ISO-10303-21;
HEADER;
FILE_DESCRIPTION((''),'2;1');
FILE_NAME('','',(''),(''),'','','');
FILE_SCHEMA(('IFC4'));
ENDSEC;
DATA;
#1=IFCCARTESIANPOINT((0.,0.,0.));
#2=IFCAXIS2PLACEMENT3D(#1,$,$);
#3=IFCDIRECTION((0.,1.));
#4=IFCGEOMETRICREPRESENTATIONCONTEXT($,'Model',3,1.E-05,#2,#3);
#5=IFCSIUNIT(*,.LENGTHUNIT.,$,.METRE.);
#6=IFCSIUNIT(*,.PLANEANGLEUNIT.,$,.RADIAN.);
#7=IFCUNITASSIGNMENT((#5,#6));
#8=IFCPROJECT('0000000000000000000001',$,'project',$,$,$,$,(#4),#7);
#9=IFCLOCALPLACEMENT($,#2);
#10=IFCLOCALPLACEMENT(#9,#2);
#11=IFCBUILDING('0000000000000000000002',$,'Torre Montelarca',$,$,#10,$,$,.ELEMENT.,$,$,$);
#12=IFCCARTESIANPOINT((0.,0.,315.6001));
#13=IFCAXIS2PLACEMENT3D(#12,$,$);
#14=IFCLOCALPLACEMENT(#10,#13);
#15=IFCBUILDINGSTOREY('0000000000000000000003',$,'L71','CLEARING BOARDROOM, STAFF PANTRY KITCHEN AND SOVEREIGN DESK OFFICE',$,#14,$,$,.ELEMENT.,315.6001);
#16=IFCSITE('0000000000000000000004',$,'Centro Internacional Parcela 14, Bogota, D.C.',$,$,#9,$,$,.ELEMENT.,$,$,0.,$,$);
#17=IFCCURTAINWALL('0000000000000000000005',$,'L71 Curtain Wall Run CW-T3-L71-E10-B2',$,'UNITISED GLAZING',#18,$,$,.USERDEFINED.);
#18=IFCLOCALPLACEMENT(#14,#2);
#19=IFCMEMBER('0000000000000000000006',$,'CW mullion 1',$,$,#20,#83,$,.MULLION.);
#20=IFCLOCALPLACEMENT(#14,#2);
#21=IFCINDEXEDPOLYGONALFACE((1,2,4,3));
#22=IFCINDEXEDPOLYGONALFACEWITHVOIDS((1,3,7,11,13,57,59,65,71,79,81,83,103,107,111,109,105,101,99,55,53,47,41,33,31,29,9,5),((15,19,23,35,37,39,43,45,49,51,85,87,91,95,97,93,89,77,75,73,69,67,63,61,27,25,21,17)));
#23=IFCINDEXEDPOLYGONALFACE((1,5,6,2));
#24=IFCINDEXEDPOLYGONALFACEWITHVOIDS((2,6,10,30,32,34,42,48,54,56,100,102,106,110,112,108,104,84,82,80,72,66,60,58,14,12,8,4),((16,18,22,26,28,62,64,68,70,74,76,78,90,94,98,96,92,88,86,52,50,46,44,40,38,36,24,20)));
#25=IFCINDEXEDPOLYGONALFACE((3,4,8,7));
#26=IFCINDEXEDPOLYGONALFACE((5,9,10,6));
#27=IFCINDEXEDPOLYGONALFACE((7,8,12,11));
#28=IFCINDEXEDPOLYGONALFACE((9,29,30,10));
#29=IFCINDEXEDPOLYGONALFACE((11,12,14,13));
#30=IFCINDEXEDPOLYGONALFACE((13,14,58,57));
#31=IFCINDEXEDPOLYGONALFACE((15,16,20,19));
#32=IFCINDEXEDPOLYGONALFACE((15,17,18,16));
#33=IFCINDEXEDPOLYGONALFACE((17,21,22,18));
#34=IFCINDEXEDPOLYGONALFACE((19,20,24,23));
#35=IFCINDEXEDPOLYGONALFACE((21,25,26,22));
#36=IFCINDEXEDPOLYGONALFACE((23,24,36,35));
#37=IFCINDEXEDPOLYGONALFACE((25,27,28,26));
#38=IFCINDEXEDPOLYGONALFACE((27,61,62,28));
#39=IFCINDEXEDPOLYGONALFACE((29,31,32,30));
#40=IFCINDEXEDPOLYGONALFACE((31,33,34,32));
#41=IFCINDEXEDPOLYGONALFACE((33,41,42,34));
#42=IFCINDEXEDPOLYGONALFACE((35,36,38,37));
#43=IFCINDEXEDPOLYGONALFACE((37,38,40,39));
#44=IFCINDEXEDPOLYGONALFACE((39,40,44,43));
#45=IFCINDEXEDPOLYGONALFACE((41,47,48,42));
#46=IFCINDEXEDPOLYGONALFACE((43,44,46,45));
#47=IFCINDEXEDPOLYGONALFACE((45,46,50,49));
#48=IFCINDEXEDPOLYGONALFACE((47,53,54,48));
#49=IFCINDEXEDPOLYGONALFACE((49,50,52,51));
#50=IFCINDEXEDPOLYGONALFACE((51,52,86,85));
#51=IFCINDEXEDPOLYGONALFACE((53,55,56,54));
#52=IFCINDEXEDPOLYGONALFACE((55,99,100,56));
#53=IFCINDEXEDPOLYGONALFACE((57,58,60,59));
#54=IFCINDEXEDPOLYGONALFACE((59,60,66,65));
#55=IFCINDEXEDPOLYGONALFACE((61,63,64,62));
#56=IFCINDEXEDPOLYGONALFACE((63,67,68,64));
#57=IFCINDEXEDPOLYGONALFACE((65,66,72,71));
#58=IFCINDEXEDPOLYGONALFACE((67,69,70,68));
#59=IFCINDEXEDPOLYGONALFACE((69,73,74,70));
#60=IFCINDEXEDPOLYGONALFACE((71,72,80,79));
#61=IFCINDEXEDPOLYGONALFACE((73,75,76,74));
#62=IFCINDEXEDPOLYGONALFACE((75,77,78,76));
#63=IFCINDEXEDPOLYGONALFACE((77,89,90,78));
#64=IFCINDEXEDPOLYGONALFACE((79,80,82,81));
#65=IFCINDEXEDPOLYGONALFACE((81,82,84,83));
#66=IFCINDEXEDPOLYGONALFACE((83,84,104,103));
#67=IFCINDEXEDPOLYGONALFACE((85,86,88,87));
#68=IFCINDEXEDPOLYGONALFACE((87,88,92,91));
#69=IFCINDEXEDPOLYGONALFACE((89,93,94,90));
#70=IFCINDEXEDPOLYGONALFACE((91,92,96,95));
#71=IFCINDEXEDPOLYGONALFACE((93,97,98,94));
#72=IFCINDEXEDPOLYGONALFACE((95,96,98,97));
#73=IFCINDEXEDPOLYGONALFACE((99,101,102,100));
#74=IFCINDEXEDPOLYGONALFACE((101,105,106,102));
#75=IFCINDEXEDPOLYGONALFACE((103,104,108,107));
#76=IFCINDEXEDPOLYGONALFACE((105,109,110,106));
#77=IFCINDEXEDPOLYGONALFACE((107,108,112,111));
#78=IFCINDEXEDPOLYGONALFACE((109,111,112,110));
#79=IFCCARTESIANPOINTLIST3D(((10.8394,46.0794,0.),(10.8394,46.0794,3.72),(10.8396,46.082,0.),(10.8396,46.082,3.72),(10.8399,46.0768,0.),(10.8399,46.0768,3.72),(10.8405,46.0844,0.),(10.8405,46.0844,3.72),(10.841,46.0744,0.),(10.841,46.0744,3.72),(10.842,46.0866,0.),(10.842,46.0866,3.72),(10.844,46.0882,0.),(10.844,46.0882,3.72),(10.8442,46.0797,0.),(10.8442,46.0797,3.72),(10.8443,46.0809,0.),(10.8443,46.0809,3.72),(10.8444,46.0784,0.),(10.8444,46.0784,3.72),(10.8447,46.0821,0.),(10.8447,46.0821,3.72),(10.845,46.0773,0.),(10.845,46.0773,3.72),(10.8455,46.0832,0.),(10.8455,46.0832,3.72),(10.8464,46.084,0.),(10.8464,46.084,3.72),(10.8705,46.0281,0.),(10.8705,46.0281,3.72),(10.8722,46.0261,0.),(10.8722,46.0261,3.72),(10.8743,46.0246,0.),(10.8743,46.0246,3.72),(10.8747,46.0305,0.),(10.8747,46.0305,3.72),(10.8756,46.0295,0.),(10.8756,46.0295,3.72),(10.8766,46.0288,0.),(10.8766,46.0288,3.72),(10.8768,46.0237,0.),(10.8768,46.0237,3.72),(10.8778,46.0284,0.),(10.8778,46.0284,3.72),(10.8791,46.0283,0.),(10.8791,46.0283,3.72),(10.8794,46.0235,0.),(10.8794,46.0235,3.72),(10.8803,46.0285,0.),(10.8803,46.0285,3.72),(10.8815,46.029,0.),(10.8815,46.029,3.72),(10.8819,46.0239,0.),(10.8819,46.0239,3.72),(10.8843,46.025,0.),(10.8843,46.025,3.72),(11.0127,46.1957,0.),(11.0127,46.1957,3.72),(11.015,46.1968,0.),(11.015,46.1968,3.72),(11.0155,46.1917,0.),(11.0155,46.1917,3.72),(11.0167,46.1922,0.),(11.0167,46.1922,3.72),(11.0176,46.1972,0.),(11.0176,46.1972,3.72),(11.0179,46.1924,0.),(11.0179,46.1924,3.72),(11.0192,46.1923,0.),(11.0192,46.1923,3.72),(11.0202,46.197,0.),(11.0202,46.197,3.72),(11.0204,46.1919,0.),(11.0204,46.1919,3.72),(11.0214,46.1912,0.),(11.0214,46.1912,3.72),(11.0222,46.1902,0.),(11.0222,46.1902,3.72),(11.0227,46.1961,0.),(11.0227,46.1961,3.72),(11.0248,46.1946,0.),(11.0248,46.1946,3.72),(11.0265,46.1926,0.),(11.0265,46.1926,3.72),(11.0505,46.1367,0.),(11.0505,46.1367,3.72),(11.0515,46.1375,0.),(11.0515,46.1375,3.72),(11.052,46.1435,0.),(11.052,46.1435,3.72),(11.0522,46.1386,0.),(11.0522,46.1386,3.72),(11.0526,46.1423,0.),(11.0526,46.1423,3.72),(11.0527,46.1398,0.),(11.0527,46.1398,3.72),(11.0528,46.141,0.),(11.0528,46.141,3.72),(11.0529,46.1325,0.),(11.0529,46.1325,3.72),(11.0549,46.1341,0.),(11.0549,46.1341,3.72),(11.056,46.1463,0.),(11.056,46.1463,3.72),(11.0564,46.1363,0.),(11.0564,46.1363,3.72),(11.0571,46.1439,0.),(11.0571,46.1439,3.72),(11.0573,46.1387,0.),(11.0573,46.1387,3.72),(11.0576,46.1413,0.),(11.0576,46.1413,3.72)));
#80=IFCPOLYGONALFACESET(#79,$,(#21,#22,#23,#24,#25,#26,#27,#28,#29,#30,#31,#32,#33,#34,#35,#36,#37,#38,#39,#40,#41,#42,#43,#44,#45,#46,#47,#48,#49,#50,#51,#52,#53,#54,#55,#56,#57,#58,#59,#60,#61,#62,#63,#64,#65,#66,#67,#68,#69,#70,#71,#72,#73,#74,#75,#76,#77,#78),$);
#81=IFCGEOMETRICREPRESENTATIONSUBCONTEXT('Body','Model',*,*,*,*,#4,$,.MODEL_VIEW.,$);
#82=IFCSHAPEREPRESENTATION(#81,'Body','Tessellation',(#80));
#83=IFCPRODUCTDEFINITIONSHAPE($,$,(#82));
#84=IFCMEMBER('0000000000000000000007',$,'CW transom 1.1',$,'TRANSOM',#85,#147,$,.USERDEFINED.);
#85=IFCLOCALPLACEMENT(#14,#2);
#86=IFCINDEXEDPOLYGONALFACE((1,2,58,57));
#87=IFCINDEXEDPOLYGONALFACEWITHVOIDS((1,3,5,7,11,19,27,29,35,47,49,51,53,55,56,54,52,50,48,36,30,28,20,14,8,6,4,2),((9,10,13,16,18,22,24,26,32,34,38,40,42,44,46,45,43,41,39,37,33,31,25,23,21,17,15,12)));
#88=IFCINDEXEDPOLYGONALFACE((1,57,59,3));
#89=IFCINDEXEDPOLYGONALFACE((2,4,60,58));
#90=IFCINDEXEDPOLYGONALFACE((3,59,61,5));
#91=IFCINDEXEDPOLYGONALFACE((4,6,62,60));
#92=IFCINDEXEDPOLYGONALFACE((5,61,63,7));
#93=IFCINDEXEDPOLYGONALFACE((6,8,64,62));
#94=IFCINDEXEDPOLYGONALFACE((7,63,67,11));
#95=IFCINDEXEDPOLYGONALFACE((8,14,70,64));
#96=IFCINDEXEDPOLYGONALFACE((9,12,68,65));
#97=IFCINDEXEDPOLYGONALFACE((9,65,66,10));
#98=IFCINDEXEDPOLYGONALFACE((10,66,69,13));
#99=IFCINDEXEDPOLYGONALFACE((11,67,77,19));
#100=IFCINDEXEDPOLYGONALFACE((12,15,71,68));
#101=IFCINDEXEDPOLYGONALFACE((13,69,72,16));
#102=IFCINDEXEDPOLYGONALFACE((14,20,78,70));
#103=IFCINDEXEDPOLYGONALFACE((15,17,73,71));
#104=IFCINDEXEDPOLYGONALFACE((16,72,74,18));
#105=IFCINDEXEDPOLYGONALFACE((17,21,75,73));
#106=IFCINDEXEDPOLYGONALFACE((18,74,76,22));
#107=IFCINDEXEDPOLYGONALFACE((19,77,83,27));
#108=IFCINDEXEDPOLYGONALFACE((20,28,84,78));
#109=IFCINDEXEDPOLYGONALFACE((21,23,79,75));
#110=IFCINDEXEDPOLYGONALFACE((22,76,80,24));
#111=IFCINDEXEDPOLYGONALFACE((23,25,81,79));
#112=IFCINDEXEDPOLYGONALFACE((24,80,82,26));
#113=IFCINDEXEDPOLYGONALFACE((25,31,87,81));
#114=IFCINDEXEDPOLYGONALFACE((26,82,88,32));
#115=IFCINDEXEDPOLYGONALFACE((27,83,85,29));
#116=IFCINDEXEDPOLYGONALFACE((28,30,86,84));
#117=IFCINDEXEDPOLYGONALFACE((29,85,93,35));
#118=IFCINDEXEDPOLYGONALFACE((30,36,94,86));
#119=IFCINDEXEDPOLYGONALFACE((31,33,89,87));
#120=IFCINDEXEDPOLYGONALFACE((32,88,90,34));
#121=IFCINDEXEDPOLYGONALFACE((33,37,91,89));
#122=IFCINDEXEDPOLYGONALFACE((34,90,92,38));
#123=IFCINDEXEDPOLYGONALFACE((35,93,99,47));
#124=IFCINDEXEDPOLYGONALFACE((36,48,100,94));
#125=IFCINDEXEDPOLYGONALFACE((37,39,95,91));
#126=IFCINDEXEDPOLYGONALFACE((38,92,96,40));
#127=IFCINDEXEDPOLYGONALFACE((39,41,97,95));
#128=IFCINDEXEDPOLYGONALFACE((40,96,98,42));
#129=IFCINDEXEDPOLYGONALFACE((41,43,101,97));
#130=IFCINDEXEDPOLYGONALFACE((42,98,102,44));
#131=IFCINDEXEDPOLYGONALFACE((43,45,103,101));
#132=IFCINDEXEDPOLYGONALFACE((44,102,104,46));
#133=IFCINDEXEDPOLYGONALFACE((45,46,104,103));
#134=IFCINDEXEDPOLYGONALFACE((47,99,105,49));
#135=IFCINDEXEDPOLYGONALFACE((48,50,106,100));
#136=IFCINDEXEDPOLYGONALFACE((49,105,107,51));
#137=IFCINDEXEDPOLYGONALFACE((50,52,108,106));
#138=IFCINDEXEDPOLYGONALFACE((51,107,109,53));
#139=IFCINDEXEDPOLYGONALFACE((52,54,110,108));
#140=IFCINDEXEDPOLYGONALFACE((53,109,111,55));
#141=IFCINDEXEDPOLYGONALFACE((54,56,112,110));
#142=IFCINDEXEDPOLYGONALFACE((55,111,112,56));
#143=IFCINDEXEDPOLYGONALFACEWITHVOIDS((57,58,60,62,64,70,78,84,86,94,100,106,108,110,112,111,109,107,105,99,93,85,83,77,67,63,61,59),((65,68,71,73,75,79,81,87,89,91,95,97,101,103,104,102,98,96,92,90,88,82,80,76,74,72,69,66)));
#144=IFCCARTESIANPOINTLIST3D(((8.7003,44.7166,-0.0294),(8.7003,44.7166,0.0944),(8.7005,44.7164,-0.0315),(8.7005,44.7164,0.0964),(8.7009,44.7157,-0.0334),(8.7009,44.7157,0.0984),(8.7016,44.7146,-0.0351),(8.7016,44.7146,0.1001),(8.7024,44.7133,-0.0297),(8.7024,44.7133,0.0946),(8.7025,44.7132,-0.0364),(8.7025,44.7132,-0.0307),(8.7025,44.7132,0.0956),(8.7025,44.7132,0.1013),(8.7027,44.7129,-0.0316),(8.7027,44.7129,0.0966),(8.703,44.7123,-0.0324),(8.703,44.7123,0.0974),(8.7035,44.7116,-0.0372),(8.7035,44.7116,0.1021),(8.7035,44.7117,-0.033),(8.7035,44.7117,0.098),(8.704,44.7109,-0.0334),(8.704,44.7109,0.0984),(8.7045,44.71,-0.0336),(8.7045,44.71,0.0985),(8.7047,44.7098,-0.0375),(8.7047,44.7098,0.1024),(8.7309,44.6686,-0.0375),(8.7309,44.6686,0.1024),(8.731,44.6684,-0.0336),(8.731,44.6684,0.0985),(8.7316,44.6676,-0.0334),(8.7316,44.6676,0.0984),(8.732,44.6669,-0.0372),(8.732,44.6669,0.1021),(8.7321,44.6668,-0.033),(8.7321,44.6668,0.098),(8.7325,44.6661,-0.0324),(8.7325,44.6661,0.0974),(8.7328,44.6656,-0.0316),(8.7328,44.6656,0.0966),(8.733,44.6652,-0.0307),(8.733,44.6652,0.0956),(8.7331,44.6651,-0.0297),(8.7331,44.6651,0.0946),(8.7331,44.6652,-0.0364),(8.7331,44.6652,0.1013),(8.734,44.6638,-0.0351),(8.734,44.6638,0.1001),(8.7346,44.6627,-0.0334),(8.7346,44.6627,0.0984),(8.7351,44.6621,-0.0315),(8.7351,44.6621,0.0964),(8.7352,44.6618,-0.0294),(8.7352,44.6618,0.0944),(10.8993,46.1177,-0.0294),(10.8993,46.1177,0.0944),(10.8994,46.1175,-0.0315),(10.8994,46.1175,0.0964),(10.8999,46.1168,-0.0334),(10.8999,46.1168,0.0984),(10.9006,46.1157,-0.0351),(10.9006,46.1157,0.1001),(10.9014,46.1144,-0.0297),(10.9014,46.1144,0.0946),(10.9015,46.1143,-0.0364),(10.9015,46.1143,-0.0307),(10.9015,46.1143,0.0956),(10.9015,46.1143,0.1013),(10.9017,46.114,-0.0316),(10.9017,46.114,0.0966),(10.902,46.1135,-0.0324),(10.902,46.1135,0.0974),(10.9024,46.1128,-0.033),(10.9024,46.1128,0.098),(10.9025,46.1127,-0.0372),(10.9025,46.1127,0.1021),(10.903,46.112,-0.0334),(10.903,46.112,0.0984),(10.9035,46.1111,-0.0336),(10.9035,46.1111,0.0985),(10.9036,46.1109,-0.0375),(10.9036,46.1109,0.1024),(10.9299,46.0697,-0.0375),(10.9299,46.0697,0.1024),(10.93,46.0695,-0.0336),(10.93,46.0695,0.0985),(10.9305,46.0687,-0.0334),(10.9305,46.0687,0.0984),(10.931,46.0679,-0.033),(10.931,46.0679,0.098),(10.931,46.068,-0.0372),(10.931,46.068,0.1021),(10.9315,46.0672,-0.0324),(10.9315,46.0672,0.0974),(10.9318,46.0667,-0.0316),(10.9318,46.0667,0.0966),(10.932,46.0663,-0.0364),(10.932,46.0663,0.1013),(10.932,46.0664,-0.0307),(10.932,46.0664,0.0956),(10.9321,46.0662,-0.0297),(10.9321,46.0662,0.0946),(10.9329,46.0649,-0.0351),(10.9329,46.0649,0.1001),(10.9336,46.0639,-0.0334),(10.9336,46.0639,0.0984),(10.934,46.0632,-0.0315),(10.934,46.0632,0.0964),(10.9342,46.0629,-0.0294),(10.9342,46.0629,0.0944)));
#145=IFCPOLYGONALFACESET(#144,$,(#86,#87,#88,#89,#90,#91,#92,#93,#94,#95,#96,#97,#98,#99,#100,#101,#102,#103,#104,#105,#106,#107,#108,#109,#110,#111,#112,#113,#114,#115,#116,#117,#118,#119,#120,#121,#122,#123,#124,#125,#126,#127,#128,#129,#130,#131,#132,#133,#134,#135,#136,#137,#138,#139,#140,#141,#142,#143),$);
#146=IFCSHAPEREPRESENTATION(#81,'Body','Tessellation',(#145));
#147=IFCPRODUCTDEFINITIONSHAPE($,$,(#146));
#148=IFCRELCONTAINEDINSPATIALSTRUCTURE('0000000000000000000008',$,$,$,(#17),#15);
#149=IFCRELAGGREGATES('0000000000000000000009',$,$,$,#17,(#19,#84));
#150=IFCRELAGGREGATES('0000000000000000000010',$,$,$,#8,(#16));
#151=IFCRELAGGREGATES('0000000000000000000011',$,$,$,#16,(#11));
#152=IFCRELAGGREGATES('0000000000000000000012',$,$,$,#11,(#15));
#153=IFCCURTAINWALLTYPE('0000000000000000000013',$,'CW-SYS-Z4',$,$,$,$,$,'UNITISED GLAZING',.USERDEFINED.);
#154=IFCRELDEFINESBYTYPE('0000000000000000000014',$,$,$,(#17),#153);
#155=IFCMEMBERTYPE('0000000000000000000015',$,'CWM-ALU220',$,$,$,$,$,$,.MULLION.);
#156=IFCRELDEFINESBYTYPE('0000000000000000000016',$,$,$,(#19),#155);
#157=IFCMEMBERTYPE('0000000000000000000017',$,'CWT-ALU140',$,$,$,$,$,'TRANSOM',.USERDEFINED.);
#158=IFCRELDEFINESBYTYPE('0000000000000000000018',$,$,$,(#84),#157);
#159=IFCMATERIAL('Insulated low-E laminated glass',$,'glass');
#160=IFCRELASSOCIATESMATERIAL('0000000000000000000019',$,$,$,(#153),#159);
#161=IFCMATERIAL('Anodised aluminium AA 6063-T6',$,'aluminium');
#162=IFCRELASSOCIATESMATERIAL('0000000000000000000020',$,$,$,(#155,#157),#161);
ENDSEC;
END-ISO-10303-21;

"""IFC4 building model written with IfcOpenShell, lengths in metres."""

from ifc_helpers import new_model, si_unit, direction, frame, origin, origin_2d, place, context, subcontext, project, spatial, hollow_rectangle, extrude, source, transform, mapped, material, material_profile, profile_set, type_object, element, aggregate, save


model = new_model("IFC4")

# Units and contexts
model_context = context("Model", 3, precision=1e-05, world=origin(), true_north=direction((0.0, 1.0)))
body_context = subcontext(model_context, "Body", "Model", "MODEL_VIEW")
ifc_project = project(units=[si_unit("LENGTHUNIT", "METRE"), si_unit("PLANEANGLEUNIT", "RADIAN")], contexts=[model_context])

# Site, building, storey
site_placement = place(None, origin())
site = spatial("IfcSite", under=ifc_project, at=site_placement, Name="Centro Internacional Parcela 14, Bogota, D.C.", CompositionType="ELEMENT", RefElevation=0.0)
building_placement = place(site_placement, origin())
building = spatial("IfcBuilding", under=site, at=building_placement, Name="Torre Montelarca", CompositionType="ELEMENT")
storey_placement = place(building_placement, frame((0.0, 0.0, 315.6001)))
storey = spatial("IfcBuildingStorey", under=building, at=storey_placement, Name="L71", Description="CLEARING BOARDROOM, STAFF PANTRY KITCHEN AND SOVEREIGN DESK OFFICE", CompositionType="ELEMENT", Elevation=315.6001)

# Shared definitions
ifc_material_1 = material(Name="Insulated low-E laminated glass", Category="glass")
curtain_wall_type = type_object("IfcCurtainWallType", Name="CW-SYS-Z4", ElementType="UNITISED GLAZING", PredefinedType="USERDEFINED", material=ifc_material_1)
ifc_material_2 = material(Name="Anodised aluminium AA 6063-T6", Category="aluminium")
ifc_material_profile_1 = material_profile(ifc_material_2, hollow_rectangle(XDim=0.075, YDim=0.22, WallThickness=0.0049, InnerFilletRadius=0.0049, OuterFilletRadius=0.01, at=origin_2d()), Name="ALU75X220X5", Category="aluminium")
ifc_profile_set_1 = profile_set([ifc_material_profile_1], Name="Anodised aluminium AA 6063-T6")
member_type_1 = type_object("IfcMemberType", Name="CWM-ALU220", PredefinedType="MULLION", material=ifc_profile_set_1)
shared_shape_1 = source(origin(), body_context, "Body", "SweptSolid", [
    extrude(hollow_rectangle(XDim=0.075, YDim=0.22, WallThickness=0.0049, InnerFilletRadius=0.0049, OuterFilletRadius=0.01, at=origin_2d()), origin(), (0.0, 0.0, 1.0), 3.72),
])

# Curtain wall, members
curtain_wall_1_placement = place(storey_placement, origin())
curtain_wall_1 = element("IfcCurtainWall", 1, at=curtain_wall_1_placement, inside=storey, type_object=curtain_wall_type, Name="L71 Curtain Wall Run CW-T3-L71-E10-B2", ObjectType="UNITISED GLAZING", PredefinedType="USERDEFINED")
member_1_placement = place(storey_placement, frame((10.9485, 46.1104, 0.0), z_axis=(0.0, 0.0, 1.0), x_axis=(0.537302, -0.84339, 0.0)))
member_1 = element("IfcMember", 2, at=member_1_placement, type_object=member_type_1, Name="CW mullion 1", PredefinedType="MULLION", context=body_context, shape_type="MappedRepresentation", body=[
    mapped(shared_shape_1, transform((0.0, 0.0, 0.0), scale=1.0)),
])
ifc_material_profile_2 = material_profile(ifc_material_2, hollow_rectangle(XDim=0.0649, YDim=0.1399, WallThickness=0.0039, InnerFilletRadius=0.0039, OuterFilletRadius=0.0081, at=origin_2d()), Name="ALU65X140X4", Category="aluminium")
ifc_profile_set_2 = profile_set([ifc_material_profile_2], Name="Anodised aluminium AA 6063-T6")
member_type_2 = type_object("IfcMemberType", Name="CWT-ALU140", ElementType="TRANSOM", PredefinedType="USERDEFINED", material=ifc_profile_set_2)
shared_shape_2 = source(origin(), body_context, "Body", "SweptSolid", [
    extrude(hollow_rectangle(XDim=0.0649, YDim=0.1399, WallThickness=0.0039, InnerFilletRadius=0.0039, OuterFilletRadius=0.0081, at=origin_2d()), origin(), (0.0, 0.0, 1.0), 2.6074),
])
member_2_placement = place(storey_placement, frame((10.9167, 46.0903, 0.0325), z_axis=(-0.843353, -0.53736, 0.0), x_axis=(0.53736, -0.843353, 0.0)))
member_2 = element("IfcMember", 3, at=member_2_placement, type_object=member_type_2, Name="CW transom 1.1", ObjectType="TRANSOM", PredefinedType="USERDEFINED", context=body_context, shape_type="MappedRepresentation", body=[
    mapped(shared_shape_2, transform((0.0, 0.0, 0.0), scale=1.0)),
])

aggregate(curtain_wall_1, [member_1, member_2])

save(model, "model.ifc")
